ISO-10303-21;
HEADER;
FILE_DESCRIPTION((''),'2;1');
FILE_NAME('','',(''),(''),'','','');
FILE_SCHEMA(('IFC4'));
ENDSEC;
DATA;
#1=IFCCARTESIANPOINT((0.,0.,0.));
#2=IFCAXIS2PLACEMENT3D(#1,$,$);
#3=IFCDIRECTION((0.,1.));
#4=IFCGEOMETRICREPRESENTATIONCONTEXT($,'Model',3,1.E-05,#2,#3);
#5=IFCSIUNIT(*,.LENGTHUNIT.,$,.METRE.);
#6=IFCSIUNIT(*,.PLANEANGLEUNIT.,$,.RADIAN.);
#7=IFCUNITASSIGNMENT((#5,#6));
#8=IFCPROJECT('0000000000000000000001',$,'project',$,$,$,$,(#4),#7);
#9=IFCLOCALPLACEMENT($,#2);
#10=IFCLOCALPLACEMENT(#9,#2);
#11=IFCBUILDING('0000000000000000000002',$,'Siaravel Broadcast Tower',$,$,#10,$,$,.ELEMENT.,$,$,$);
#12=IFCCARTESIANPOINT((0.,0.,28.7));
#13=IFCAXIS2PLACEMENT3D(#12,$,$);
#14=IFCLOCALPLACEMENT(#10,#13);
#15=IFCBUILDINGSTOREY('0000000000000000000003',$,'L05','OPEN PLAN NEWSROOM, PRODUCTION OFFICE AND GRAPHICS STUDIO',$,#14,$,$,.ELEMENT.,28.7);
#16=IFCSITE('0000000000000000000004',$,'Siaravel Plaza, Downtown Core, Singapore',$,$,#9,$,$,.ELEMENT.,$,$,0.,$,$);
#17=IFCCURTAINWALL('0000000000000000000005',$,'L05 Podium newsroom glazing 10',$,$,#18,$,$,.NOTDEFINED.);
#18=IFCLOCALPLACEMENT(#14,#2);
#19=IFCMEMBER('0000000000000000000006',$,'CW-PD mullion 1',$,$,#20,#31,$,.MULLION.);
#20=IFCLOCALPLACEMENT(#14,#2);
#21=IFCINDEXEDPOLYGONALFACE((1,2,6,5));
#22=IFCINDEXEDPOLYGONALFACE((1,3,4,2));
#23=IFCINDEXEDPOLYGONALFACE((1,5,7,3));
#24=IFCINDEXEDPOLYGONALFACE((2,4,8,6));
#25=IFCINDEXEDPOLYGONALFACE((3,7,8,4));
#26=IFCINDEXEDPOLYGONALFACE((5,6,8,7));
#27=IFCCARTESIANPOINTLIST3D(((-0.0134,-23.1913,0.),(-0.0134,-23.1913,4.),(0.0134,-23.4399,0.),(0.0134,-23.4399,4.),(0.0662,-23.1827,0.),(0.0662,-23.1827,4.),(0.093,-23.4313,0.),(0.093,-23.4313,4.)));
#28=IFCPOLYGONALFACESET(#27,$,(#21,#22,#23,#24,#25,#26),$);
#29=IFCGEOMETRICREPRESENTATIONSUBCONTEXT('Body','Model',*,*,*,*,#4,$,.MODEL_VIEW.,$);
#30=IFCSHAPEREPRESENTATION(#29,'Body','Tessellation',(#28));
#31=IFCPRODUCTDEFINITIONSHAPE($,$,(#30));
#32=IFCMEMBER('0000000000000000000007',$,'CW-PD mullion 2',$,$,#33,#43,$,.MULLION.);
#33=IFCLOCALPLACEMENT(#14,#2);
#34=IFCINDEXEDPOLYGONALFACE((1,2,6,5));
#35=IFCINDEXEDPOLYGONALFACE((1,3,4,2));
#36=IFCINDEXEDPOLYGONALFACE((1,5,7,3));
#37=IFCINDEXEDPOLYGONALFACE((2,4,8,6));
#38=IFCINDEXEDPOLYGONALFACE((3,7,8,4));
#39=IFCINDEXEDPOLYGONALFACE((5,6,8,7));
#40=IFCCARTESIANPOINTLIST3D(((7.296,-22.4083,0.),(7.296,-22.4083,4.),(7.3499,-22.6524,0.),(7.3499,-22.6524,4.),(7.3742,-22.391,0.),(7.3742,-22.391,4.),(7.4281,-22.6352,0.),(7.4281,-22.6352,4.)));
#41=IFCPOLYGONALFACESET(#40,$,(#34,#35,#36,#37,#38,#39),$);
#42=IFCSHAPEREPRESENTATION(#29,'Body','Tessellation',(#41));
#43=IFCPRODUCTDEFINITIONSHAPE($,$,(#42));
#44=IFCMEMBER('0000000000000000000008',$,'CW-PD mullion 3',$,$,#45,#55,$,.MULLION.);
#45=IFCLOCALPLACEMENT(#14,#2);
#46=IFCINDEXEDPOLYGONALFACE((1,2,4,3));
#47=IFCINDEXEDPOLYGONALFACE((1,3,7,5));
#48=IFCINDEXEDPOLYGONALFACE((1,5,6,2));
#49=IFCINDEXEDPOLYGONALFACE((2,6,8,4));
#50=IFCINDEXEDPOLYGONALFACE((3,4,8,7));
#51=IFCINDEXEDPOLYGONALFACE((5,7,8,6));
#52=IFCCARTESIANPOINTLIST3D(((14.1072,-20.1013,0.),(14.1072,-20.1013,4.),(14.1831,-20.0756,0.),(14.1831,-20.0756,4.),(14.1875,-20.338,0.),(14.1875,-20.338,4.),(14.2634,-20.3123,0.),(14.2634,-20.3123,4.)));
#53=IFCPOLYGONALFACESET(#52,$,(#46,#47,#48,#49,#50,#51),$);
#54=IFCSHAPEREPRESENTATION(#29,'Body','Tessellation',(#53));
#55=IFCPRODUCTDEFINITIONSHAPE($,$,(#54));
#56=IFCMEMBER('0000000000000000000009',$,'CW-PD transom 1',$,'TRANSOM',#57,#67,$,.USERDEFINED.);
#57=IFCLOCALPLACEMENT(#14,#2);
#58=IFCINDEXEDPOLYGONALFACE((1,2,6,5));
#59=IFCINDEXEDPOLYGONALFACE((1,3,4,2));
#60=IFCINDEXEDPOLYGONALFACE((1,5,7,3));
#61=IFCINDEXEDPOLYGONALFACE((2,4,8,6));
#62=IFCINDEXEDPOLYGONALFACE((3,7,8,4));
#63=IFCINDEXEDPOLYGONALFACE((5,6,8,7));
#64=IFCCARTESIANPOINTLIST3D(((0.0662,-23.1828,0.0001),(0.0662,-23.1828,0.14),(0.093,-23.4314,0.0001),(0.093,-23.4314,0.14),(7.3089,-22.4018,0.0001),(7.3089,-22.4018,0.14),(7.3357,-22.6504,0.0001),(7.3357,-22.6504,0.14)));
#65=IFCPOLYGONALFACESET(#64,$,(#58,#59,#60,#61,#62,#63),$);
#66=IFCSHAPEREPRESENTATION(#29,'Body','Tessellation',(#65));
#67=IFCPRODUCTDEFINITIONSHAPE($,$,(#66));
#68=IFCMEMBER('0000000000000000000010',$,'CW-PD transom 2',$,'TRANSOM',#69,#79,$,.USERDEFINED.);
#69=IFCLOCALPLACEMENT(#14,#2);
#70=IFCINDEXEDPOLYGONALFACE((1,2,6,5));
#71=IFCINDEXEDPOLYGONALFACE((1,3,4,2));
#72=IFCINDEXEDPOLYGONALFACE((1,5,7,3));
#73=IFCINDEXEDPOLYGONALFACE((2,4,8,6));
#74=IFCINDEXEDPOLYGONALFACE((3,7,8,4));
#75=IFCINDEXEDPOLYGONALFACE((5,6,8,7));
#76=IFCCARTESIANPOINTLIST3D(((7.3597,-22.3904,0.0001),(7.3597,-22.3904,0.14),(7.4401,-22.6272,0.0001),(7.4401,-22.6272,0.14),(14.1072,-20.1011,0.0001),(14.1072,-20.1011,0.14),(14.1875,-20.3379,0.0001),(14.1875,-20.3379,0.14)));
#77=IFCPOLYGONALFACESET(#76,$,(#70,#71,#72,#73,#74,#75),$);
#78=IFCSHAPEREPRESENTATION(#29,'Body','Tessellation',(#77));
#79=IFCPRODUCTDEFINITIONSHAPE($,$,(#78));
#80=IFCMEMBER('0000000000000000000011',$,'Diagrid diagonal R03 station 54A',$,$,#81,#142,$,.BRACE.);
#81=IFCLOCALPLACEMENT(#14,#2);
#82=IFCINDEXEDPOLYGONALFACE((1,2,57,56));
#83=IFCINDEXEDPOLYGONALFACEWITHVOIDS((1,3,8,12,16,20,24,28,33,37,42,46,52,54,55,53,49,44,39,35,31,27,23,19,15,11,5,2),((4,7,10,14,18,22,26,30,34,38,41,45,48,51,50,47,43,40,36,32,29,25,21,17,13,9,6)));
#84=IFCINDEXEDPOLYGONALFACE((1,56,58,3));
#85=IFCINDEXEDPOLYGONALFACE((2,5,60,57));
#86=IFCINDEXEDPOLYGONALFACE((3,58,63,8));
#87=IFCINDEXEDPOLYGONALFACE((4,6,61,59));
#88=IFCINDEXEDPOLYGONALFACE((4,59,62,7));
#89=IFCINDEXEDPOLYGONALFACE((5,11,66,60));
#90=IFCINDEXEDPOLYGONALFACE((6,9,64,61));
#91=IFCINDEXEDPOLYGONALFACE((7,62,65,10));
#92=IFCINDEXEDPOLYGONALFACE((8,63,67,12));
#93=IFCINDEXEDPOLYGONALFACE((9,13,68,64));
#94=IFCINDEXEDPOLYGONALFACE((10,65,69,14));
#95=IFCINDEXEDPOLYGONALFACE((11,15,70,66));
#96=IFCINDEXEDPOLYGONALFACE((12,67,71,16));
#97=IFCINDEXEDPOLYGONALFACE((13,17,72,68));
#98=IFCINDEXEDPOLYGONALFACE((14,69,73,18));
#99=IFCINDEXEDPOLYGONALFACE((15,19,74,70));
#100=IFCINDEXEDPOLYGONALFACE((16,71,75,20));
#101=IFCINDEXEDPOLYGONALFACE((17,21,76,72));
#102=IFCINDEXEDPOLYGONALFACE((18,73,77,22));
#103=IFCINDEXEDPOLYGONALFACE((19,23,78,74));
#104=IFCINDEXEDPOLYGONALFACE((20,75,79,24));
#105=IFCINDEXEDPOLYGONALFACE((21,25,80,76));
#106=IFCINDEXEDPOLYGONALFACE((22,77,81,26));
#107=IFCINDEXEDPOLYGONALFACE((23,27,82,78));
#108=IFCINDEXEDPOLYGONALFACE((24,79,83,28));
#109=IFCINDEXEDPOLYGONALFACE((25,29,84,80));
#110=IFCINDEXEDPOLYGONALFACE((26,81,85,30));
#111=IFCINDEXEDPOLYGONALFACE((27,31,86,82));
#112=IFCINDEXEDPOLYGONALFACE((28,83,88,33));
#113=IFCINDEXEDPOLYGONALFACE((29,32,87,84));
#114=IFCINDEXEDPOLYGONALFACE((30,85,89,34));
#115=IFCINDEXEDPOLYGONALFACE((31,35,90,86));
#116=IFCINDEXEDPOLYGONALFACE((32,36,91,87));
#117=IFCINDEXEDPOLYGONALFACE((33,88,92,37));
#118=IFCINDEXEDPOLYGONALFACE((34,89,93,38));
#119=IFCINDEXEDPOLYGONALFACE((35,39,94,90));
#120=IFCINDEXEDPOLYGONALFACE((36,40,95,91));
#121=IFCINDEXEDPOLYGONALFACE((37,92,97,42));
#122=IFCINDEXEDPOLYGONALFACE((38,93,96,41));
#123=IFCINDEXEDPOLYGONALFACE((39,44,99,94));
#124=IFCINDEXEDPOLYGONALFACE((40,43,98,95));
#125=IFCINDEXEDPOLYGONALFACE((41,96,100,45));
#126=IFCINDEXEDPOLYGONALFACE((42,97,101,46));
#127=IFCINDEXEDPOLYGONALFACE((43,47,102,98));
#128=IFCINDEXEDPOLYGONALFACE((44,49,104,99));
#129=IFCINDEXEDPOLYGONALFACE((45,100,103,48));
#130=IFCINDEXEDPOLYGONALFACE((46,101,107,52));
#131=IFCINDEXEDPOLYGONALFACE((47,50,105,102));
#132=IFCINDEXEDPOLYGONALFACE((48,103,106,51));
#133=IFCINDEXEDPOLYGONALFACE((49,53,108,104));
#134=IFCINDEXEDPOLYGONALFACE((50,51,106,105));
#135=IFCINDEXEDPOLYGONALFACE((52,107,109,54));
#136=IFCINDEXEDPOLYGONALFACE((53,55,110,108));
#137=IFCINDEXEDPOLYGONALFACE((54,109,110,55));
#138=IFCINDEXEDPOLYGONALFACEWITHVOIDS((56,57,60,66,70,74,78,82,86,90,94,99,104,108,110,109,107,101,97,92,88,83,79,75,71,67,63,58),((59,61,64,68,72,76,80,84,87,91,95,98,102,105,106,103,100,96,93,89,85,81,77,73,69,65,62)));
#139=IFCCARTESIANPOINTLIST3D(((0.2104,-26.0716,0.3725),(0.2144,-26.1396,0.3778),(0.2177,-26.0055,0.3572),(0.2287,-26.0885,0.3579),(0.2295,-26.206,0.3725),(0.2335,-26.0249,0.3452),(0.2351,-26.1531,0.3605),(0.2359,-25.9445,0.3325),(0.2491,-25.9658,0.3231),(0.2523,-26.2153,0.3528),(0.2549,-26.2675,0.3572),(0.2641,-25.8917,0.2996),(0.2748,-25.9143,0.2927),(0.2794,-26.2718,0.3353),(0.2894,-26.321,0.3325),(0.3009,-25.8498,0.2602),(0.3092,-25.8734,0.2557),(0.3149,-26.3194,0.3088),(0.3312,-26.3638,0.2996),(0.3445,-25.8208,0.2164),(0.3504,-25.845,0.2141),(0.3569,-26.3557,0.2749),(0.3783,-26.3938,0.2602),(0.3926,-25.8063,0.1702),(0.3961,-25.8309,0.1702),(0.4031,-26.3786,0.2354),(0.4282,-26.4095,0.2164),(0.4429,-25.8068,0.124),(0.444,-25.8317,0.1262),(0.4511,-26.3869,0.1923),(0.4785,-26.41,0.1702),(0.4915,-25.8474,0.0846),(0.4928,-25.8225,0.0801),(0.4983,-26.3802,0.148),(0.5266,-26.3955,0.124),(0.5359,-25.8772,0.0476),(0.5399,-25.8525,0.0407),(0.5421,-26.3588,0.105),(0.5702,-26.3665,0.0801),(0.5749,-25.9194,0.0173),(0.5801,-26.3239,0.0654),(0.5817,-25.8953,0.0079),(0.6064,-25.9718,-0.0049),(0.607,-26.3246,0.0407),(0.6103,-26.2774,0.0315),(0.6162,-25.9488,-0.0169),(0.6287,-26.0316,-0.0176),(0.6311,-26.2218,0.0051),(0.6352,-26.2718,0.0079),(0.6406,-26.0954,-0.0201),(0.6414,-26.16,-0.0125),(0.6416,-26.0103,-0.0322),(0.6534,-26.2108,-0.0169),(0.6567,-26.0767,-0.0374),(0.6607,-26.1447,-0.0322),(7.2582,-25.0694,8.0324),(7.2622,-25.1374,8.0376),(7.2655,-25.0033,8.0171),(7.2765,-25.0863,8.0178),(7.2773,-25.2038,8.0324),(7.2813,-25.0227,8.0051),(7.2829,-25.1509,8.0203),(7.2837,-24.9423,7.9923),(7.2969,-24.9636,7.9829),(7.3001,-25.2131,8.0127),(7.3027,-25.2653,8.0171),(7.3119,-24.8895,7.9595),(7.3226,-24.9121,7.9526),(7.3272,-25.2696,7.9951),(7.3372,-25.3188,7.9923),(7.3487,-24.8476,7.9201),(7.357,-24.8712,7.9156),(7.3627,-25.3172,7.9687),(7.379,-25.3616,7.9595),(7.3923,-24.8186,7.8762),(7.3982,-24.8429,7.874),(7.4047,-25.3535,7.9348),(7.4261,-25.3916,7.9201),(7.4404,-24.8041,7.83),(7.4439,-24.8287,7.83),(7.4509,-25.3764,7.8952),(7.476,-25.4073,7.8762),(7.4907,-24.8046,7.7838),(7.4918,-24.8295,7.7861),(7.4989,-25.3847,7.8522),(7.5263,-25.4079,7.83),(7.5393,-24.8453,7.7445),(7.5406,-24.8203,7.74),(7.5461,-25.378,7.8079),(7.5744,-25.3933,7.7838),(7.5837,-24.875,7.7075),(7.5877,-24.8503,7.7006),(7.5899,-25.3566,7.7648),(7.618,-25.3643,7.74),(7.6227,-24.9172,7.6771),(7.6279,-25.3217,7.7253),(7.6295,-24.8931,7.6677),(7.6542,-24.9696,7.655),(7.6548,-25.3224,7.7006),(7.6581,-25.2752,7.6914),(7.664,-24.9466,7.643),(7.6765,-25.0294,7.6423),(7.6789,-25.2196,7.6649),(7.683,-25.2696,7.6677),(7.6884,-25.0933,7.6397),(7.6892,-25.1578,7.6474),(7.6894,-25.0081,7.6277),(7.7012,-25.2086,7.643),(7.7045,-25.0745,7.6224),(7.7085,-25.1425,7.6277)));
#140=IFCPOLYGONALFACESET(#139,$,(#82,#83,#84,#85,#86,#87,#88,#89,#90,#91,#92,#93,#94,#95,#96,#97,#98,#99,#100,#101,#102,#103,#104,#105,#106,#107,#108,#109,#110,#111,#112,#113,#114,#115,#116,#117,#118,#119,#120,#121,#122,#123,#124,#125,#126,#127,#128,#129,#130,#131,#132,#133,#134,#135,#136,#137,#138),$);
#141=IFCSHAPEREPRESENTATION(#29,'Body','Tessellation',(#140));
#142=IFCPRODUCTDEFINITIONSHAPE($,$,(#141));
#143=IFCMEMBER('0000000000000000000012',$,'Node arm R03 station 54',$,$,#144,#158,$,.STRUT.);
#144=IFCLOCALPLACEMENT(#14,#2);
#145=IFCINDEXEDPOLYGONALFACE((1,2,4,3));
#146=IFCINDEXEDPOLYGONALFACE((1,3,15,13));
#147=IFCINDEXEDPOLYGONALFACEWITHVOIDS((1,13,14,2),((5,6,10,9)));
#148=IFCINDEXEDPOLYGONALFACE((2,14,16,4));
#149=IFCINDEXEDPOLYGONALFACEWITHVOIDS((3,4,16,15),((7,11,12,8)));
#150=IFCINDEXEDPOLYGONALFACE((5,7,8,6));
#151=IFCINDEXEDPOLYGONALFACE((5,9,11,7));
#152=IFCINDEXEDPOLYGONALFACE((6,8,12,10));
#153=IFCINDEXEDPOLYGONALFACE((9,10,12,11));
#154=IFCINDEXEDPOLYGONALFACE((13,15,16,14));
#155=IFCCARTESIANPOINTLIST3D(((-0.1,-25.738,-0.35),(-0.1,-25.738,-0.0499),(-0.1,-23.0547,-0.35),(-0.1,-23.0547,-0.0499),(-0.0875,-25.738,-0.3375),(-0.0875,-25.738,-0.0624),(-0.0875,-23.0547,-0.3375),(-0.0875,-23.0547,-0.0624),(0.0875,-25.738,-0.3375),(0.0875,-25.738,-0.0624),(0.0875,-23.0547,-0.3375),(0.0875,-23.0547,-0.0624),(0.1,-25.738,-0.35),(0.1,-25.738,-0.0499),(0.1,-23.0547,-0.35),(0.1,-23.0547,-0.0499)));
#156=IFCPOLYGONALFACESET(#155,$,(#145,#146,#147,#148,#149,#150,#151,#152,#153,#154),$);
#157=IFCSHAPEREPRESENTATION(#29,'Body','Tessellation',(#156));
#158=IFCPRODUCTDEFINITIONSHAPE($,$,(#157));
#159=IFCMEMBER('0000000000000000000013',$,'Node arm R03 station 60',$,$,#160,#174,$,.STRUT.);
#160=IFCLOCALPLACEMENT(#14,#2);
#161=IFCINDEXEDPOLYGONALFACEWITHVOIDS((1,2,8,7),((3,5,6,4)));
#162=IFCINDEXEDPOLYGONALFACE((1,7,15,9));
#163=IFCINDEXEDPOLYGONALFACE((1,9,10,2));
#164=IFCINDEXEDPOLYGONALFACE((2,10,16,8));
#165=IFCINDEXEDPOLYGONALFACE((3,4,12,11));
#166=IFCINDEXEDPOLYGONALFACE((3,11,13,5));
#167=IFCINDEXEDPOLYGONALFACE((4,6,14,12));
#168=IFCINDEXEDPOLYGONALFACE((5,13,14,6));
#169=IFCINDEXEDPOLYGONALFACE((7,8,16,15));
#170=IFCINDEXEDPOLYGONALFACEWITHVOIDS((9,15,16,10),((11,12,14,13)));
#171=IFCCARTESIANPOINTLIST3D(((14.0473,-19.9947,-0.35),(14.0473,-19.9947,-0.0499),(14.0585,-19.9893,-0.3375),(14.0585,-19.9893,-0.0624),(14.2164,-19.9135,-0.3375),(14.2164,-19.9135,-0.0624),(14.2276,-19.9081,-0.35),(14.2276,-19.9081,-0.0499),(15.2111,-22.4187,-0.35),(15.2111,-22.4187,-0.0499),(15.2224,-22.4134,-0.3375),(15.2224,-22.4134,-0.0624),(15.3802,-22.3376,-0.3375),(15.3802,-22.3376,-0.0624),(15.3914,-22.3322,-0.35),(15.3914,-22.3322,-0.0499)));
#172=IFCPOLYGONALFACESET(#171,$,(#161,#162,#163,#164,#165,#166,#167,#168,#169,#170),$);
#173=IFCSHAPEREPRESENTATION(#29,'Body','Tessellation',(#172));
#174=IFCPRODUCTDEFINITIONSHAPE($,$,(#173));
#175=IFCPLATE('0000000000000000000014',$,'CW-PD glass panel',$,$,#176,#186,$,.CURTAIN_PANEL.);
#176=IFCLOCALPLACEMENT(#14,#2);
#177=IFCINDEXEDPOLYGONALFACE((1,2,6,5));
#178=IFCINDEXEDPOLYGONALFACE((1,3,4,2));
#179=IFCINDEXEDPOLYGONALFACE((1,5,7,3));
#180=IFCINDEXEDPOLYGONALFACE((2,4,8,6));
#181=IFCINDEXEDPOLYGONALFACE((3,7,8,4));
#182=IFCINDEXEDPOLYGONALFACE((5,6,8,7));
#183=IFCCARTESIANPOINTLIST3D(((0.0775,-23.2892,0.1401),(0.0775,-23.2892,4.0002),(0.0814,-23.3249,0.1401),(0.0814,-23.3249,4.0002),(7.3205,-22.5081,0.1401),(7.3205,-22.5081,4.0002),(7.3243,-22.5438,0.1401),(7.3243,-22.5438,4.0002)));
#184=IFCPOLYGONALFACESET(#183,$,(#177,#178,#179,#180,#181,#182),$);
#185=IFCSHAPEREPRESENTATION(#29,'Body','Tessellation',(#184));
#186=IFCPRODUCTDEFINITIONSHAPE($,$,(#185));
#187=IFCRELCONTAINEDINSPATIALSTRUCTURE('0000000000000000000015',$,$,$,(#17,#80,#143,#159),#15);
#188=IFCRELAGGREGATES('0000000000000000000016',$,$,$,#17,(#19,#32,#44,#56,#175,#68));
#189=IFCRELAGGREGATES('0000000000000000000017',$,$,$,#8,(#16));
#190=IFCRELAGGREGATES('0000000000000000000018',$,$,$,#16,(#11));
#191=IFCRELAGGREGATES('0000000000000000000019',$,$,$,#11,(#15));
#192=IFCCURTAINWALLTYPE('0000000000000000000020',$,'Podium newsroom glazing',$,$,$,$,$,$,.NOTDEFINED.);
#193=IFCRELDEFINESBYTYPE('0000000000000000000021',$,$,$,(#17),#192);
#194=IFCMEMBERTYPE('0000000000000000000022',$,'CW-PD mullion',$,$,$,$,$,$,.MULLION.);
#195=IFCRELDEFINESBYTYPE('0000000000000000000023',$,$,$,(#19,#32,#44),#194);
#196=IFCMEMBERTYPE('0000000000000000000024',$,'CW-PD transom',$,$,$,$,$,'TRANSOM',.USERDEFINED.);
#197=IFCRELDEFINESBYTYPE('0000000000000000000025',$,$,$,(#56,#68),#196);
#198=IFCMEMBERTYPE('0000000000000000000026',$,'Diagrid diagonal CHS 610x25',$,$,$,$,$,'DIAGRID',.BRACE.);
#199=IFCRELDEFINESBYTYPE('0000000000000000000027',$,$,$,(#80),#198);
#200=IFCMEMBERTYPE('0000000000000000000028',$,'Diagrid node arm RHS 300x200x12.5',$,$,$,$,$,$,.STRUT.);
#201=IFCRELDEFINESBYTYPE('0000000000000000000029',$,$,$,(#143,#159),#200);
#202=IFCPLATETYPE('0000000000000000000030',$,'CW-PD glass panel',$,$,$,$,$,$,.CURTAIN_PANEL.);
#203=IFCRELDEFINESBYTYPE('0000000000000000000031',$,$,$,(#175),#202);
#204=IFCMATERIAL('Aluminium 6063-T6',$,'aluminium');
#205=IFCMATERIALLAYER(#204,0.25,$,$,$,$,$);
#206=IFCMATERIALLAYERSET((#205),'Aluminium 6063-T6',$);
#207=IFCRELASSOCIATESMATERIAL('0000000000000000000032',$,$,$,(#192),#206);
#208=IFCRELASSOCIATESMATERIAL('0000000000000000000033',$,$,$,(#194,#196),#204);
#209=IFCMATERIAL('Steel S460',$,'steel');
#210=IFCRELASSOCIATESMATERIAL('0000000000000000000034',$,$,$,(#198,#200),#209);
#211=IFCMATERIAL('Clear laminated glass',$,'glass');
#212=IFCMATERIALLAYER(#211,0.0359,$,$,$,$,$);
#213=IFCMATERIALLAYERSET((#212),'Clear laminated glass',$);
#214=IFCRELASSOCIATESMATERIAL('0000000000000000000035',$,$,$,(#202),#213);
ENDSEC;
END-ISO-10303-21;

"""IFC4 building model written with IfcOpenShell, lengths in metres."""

from ifc_helpers import new_model, si_unit, direction, frame, origin, origin_2d, place, context, subcontext, project, spatial, rectangle, hollow_rectangle, hollow_circle, extrude, material, layer, layer_set, material_profile, profile_set, type_object, element, aggregate, save


model = new_model("IFC4")

# Units and contexts
model_context = context("Model", 3, precision=1e-05, world=origin(), true_north=direction((0.0, 1.0)))
body_context = subcontext(model_context, "Body", "Model", "MODEL_VIEW")
ifc_project = project(units=[si_unit("LENGTHUNIT", "METRE"), si_unit("PLANEANGLEUNIT", "RADIAN")], contexts=[model_context])

# Site, building, storey
site_placement = place(None, origin())
site = spatial("IfcSite", under=ifc_project, at=site_placement, Name="Siaravel Plaza, Downtown Core, Singapore", CompositionType="ELEMENT", RefElevation=0.0)
building_placement = place(site_placement, origin())
building = spatial("IfcBuilding", under=site, at=building_placement, Name="Siaravel Broadcast Tower", CompositionType="ELEMENT")
storey_placement = place(building_placement, frame((0.0, 0.0, 28.7)))
storey = spatial("IfcBuildingStorey", under=building, at=storey_placement, Name="L05", Description="OPEN PLAN NEWSROOM, PRODUCTION OFFICE AND GRAPHICS STUDIO", CompositionType="ELEMENT", Elevation=28.7)

# Curtain wall, members
ifc_material_1 = material(Name="Aluminium 6063-T6", Category="aluminium")
ifc_layer_1 = layer(ifc_material_1, 0.25)
ifc_layer_set_1 = layer_set([ifc_layer_1], Name="Aluminium 6063-T6")
curtain_wall_type = type_object("IfcCurtainWallType", Name="Podium newsroom glazing", PredefinedType="NOTDEFINED", material=ifc_layer_set_1)
curtain_wall_placement = place(storey_placement, origin())
curtain_wall = element("IfcCurtainWall", 1, at=curtain_wall_placement, inside=storey, type_object=curtain_wall_type, Name="L05 Podium newsroom glazing 10", PredefinedType="NOTDEFINED")
ifc_material_profile_1 = material_profile(ifc_material_1, rectangle(XDim=0.25, YDim=0.0801, at=origin_2d()))
ifc_profile_set_1 = profile_set([ifc_material_profile_1], Name="Aluminium 6063-T6")
member_type_1 = type_object("IfcMemberType", Name="CW-PD mullion", PredefinedType="MULLION", material=ifc_profile_set_1)
member_1_placement = place(storey_placement, frame((0.0398, -23.3113, 0.0), z_axis=(0.0, 0.0, 1.0), x_axis=(-0.107217, 0.994236, 0.0)))
member_1 = element("IfcMember", 2, at=member_1_placement, type_object=member_type_1, Name="CW-PD mullion 1", PredefinedType="MULLION", context=body_context, shape_type="SweptSolid", body=[
    extrude(rectangle(XDim=0.25, YDim=0.0801, at=origin_2d()), origin(), (0.0, 0.0, 1.0), 4.0),
])
member_2_placement = place(storey_placement, frame((7.3621, -22.5217, 0.0), z_axis=(0.0, 0.0, 1.0), x_axis=(-0.215558, 0.976491, 0.0)))
member_2 = element("IfcMember", 3, at=member_2_placement, type_object=member_type_1, Name="CW-PD mullion 2", PredefinedType="MULLION", context=body_context, shape_type="SweptSolid", body=[
    extrude(rectangle(XDim=0.25, YDim=0.0801, at=origin_2d()), origin(), (0.0, 0.0, 1.0), 4.0),
])
member_3_placement = place(storey_placement, frame((14.1853, -20.2068, 0.0), z_axis=(0.0, 0.0, 1.0), x_axis=(-0.3213, 0.946977, 0.0)))
member_3 = element("IfcMember", 4, at=member_3_placement, type_object=member_type_1, Name="CW-PD mullion 3", PredefinedType="MULLION", context=body_context, shape_type="SweptSolid", body=[
    extrude(rectangle(XDim=0.25, YDim=0.0801, at=origin_2d()), origin(), (0.0, 0.0, 1.0), 4.0),
])
ifc_material_profile_2 = material_profile(ifc_material_1, rectangle(XDim=0.25, YDim=0.1399, at=origin_2d()))
ifc_profile_set_2 = profile_set([ifc_material_profile_2], Name="Aluminium 6063-T6")
member_type_2 = type_object("IfcMemberType", Name="CW-PD transom", ElementType="TRANSOM", PredefinedType="USERDEFINED", material=ifc_profile_set_2)
member_4_placement = place(storey_placement, frame((0.0796, -23.3071, 0.0701), z_axis=(0.994236, 0.107212, 0.0), x_axis=(-0.107212, 0.994236, 0.0)))
member_4 = element("IfcMember", 5, at=member_4_placement, type_object=member_type_2, Name="CW-PD transom 1", ObjectType="TRANSOM", PredefinedType="USERDEFINED", context=body_context, shape_type="SweptSolid", body=[
    extrude(rectangle(XDim=0.25, YDim=0.1399, at=origin_2d()), origin(), (0.0, 0.0, 1.0), 7.2847),
])
member_5_placement = place(storey_placement, frame((7.3999, -22.5088, 0.0701), z_axis=(0.946981, 0.321291, 0.0), x_axis=(-0.321291, 0.946981, 0.0)))
member_5 = element("IfcMember", 6, at=member_5_placement, type_object=member_type_2, Name="CW-PD transom 2", ObjectType="TRANSOM", PredefinedType="USERDEFINED", context=body_context, shape_type="SweptSolid", body=[
    extrude(rectangle(XDim=0.25, YDim=0.1399, at=origin_2d()), origin(), (0.0, 0.0, 1.0), 7.1252),
])

# Members
ifc_material_2 = material(Name="Steel S460", Category="steel")
ifc_material_profile_3 = material_profile(ifc_material_2, hollow_circle(Radius=0.3049, WallThickness=0.0249, at=origin_2d()))
ifc_profile_set_3 = profile_set([ifc_material_profile_3], Name="Steel S460")
member_type_3 = type_object("IfcMemberType", Name="Diagrid diagonal CHS 610x25", ElementType="DIAGRID", PredefinedType="BRACE", material=ifc_profile_set_3)
member_6_placement = place(storey_placement, frame((0.4355, -26.1082, 0.1702), z_axis=(0.673978, 0.095839, 0.732509), x_axis=(-0.140783, 0.990041, 0.0)))
element("IfcMember", 7, at=member_6_placement, inside=storey, type_object=member_type_3, Name="Diagrid diagonal R03 station 54A", PredefinedType="BRACE", context=body_context, shape_type="SweptSolid", body=[
    extrude(hollow_circle(Radius=0.3049, WallThickness=0.0249, at=origin_2d()), origin(), (0.0, 0.0, 1.0), 10.457),
])
ifc_material_profile_4 = material_profile(ifc_material_2, hollow_rectangle(XDim=0.2, YDim=0.3, WallThickness=0.0125, at=origin_2d()))
ifc_profile_set_4 = profile_set([ifc_material_profile_4], Name="Steel S460")
member_type_4 = type_object("IfcMemberType", Name="Diagrid node arm RHS 300x200x12.5", PredefinedType="STRUT", material=ifc_profile_set_4)
member_7_placement = place(storey_placement, frame((0.0, -23.0547, -0.2), z_axis=(0.0, -1.0, 0.0), x_axis=(1.0, 0.0, 0.0)))
element("IfcMember", 8, at=member_7_placement, inside=storey, type_object=member_type_4, Name="Node arm R03 station 54", PredefinedType="STRUT", context=body_context, shape_type="SweptSolid", body=[
    extrude(hollow_rectangle(XDim=0.2, YDim=0.3, WallThickness=0.0125, at=origin_2d()), origin(), (0.0, 0.0, 1.0), 2.6833),
])
member_8_placement = place(storey_placement, frame((14.1375, -19.9514, -0.2), z_axis=(0.432811, -0.901485, 0.0), x_axis=(0.901485, 0.432811, 0.0)))
element("IfcMember", 9, at=member_8_placement, inside=storey, type_object=member_type_4, Name="Node arm R03 station 60", PredefinedType="STRUT", context=body_context, shape_type="SweptSolid", body=[
    extrude(hollow_rectangle(XDim=0.2, YDim=0.3, WallThickness=0.0125, at=origin_2d()), origin(), (0.0, 0.0, 1.0), 2.689),
])

# Plate
ifc_material_3 = material(Name="Clear laminated glass", Category="glass")
ifc_layer_2 = layer(ifc_material_3, 0.0359)
ifc_layer_set_2 = layer_set([ifc_layer_2], Name="Clear laminated glass")
plate_type = type_object("IfcPlateType", Name="CW-PD glass panel", PredefinedType="CURTAIN_PANEL", material=ifc_layer_set_2)
plate_1_placement = place(storey_placement, frame((3.7009, -22.9165, 0.1401), z_axis=(0.0, 0.0, 1.0), x_axis=(0.994236, 0.107217, 0.0)))
plate_1 = element("IfcPlate", 10, at=plate_1_placement, type_object=plate_type, Name="CW-PD glass panel", PredefinedType="CURTAIN_PANEL", context=body_context, shape_type="SweptSolid", body=[
    extrude(rectangle(XDim=7.2849, YDim=0.0359, at=origin_2d()), origin(), (0.0, 0.0, 1.0), 3.8601),
])
aggregate(curtain_wall, [member_1, member_2, member_3, member_4, plate_1, member_5])

save(model, "model.ifc")
